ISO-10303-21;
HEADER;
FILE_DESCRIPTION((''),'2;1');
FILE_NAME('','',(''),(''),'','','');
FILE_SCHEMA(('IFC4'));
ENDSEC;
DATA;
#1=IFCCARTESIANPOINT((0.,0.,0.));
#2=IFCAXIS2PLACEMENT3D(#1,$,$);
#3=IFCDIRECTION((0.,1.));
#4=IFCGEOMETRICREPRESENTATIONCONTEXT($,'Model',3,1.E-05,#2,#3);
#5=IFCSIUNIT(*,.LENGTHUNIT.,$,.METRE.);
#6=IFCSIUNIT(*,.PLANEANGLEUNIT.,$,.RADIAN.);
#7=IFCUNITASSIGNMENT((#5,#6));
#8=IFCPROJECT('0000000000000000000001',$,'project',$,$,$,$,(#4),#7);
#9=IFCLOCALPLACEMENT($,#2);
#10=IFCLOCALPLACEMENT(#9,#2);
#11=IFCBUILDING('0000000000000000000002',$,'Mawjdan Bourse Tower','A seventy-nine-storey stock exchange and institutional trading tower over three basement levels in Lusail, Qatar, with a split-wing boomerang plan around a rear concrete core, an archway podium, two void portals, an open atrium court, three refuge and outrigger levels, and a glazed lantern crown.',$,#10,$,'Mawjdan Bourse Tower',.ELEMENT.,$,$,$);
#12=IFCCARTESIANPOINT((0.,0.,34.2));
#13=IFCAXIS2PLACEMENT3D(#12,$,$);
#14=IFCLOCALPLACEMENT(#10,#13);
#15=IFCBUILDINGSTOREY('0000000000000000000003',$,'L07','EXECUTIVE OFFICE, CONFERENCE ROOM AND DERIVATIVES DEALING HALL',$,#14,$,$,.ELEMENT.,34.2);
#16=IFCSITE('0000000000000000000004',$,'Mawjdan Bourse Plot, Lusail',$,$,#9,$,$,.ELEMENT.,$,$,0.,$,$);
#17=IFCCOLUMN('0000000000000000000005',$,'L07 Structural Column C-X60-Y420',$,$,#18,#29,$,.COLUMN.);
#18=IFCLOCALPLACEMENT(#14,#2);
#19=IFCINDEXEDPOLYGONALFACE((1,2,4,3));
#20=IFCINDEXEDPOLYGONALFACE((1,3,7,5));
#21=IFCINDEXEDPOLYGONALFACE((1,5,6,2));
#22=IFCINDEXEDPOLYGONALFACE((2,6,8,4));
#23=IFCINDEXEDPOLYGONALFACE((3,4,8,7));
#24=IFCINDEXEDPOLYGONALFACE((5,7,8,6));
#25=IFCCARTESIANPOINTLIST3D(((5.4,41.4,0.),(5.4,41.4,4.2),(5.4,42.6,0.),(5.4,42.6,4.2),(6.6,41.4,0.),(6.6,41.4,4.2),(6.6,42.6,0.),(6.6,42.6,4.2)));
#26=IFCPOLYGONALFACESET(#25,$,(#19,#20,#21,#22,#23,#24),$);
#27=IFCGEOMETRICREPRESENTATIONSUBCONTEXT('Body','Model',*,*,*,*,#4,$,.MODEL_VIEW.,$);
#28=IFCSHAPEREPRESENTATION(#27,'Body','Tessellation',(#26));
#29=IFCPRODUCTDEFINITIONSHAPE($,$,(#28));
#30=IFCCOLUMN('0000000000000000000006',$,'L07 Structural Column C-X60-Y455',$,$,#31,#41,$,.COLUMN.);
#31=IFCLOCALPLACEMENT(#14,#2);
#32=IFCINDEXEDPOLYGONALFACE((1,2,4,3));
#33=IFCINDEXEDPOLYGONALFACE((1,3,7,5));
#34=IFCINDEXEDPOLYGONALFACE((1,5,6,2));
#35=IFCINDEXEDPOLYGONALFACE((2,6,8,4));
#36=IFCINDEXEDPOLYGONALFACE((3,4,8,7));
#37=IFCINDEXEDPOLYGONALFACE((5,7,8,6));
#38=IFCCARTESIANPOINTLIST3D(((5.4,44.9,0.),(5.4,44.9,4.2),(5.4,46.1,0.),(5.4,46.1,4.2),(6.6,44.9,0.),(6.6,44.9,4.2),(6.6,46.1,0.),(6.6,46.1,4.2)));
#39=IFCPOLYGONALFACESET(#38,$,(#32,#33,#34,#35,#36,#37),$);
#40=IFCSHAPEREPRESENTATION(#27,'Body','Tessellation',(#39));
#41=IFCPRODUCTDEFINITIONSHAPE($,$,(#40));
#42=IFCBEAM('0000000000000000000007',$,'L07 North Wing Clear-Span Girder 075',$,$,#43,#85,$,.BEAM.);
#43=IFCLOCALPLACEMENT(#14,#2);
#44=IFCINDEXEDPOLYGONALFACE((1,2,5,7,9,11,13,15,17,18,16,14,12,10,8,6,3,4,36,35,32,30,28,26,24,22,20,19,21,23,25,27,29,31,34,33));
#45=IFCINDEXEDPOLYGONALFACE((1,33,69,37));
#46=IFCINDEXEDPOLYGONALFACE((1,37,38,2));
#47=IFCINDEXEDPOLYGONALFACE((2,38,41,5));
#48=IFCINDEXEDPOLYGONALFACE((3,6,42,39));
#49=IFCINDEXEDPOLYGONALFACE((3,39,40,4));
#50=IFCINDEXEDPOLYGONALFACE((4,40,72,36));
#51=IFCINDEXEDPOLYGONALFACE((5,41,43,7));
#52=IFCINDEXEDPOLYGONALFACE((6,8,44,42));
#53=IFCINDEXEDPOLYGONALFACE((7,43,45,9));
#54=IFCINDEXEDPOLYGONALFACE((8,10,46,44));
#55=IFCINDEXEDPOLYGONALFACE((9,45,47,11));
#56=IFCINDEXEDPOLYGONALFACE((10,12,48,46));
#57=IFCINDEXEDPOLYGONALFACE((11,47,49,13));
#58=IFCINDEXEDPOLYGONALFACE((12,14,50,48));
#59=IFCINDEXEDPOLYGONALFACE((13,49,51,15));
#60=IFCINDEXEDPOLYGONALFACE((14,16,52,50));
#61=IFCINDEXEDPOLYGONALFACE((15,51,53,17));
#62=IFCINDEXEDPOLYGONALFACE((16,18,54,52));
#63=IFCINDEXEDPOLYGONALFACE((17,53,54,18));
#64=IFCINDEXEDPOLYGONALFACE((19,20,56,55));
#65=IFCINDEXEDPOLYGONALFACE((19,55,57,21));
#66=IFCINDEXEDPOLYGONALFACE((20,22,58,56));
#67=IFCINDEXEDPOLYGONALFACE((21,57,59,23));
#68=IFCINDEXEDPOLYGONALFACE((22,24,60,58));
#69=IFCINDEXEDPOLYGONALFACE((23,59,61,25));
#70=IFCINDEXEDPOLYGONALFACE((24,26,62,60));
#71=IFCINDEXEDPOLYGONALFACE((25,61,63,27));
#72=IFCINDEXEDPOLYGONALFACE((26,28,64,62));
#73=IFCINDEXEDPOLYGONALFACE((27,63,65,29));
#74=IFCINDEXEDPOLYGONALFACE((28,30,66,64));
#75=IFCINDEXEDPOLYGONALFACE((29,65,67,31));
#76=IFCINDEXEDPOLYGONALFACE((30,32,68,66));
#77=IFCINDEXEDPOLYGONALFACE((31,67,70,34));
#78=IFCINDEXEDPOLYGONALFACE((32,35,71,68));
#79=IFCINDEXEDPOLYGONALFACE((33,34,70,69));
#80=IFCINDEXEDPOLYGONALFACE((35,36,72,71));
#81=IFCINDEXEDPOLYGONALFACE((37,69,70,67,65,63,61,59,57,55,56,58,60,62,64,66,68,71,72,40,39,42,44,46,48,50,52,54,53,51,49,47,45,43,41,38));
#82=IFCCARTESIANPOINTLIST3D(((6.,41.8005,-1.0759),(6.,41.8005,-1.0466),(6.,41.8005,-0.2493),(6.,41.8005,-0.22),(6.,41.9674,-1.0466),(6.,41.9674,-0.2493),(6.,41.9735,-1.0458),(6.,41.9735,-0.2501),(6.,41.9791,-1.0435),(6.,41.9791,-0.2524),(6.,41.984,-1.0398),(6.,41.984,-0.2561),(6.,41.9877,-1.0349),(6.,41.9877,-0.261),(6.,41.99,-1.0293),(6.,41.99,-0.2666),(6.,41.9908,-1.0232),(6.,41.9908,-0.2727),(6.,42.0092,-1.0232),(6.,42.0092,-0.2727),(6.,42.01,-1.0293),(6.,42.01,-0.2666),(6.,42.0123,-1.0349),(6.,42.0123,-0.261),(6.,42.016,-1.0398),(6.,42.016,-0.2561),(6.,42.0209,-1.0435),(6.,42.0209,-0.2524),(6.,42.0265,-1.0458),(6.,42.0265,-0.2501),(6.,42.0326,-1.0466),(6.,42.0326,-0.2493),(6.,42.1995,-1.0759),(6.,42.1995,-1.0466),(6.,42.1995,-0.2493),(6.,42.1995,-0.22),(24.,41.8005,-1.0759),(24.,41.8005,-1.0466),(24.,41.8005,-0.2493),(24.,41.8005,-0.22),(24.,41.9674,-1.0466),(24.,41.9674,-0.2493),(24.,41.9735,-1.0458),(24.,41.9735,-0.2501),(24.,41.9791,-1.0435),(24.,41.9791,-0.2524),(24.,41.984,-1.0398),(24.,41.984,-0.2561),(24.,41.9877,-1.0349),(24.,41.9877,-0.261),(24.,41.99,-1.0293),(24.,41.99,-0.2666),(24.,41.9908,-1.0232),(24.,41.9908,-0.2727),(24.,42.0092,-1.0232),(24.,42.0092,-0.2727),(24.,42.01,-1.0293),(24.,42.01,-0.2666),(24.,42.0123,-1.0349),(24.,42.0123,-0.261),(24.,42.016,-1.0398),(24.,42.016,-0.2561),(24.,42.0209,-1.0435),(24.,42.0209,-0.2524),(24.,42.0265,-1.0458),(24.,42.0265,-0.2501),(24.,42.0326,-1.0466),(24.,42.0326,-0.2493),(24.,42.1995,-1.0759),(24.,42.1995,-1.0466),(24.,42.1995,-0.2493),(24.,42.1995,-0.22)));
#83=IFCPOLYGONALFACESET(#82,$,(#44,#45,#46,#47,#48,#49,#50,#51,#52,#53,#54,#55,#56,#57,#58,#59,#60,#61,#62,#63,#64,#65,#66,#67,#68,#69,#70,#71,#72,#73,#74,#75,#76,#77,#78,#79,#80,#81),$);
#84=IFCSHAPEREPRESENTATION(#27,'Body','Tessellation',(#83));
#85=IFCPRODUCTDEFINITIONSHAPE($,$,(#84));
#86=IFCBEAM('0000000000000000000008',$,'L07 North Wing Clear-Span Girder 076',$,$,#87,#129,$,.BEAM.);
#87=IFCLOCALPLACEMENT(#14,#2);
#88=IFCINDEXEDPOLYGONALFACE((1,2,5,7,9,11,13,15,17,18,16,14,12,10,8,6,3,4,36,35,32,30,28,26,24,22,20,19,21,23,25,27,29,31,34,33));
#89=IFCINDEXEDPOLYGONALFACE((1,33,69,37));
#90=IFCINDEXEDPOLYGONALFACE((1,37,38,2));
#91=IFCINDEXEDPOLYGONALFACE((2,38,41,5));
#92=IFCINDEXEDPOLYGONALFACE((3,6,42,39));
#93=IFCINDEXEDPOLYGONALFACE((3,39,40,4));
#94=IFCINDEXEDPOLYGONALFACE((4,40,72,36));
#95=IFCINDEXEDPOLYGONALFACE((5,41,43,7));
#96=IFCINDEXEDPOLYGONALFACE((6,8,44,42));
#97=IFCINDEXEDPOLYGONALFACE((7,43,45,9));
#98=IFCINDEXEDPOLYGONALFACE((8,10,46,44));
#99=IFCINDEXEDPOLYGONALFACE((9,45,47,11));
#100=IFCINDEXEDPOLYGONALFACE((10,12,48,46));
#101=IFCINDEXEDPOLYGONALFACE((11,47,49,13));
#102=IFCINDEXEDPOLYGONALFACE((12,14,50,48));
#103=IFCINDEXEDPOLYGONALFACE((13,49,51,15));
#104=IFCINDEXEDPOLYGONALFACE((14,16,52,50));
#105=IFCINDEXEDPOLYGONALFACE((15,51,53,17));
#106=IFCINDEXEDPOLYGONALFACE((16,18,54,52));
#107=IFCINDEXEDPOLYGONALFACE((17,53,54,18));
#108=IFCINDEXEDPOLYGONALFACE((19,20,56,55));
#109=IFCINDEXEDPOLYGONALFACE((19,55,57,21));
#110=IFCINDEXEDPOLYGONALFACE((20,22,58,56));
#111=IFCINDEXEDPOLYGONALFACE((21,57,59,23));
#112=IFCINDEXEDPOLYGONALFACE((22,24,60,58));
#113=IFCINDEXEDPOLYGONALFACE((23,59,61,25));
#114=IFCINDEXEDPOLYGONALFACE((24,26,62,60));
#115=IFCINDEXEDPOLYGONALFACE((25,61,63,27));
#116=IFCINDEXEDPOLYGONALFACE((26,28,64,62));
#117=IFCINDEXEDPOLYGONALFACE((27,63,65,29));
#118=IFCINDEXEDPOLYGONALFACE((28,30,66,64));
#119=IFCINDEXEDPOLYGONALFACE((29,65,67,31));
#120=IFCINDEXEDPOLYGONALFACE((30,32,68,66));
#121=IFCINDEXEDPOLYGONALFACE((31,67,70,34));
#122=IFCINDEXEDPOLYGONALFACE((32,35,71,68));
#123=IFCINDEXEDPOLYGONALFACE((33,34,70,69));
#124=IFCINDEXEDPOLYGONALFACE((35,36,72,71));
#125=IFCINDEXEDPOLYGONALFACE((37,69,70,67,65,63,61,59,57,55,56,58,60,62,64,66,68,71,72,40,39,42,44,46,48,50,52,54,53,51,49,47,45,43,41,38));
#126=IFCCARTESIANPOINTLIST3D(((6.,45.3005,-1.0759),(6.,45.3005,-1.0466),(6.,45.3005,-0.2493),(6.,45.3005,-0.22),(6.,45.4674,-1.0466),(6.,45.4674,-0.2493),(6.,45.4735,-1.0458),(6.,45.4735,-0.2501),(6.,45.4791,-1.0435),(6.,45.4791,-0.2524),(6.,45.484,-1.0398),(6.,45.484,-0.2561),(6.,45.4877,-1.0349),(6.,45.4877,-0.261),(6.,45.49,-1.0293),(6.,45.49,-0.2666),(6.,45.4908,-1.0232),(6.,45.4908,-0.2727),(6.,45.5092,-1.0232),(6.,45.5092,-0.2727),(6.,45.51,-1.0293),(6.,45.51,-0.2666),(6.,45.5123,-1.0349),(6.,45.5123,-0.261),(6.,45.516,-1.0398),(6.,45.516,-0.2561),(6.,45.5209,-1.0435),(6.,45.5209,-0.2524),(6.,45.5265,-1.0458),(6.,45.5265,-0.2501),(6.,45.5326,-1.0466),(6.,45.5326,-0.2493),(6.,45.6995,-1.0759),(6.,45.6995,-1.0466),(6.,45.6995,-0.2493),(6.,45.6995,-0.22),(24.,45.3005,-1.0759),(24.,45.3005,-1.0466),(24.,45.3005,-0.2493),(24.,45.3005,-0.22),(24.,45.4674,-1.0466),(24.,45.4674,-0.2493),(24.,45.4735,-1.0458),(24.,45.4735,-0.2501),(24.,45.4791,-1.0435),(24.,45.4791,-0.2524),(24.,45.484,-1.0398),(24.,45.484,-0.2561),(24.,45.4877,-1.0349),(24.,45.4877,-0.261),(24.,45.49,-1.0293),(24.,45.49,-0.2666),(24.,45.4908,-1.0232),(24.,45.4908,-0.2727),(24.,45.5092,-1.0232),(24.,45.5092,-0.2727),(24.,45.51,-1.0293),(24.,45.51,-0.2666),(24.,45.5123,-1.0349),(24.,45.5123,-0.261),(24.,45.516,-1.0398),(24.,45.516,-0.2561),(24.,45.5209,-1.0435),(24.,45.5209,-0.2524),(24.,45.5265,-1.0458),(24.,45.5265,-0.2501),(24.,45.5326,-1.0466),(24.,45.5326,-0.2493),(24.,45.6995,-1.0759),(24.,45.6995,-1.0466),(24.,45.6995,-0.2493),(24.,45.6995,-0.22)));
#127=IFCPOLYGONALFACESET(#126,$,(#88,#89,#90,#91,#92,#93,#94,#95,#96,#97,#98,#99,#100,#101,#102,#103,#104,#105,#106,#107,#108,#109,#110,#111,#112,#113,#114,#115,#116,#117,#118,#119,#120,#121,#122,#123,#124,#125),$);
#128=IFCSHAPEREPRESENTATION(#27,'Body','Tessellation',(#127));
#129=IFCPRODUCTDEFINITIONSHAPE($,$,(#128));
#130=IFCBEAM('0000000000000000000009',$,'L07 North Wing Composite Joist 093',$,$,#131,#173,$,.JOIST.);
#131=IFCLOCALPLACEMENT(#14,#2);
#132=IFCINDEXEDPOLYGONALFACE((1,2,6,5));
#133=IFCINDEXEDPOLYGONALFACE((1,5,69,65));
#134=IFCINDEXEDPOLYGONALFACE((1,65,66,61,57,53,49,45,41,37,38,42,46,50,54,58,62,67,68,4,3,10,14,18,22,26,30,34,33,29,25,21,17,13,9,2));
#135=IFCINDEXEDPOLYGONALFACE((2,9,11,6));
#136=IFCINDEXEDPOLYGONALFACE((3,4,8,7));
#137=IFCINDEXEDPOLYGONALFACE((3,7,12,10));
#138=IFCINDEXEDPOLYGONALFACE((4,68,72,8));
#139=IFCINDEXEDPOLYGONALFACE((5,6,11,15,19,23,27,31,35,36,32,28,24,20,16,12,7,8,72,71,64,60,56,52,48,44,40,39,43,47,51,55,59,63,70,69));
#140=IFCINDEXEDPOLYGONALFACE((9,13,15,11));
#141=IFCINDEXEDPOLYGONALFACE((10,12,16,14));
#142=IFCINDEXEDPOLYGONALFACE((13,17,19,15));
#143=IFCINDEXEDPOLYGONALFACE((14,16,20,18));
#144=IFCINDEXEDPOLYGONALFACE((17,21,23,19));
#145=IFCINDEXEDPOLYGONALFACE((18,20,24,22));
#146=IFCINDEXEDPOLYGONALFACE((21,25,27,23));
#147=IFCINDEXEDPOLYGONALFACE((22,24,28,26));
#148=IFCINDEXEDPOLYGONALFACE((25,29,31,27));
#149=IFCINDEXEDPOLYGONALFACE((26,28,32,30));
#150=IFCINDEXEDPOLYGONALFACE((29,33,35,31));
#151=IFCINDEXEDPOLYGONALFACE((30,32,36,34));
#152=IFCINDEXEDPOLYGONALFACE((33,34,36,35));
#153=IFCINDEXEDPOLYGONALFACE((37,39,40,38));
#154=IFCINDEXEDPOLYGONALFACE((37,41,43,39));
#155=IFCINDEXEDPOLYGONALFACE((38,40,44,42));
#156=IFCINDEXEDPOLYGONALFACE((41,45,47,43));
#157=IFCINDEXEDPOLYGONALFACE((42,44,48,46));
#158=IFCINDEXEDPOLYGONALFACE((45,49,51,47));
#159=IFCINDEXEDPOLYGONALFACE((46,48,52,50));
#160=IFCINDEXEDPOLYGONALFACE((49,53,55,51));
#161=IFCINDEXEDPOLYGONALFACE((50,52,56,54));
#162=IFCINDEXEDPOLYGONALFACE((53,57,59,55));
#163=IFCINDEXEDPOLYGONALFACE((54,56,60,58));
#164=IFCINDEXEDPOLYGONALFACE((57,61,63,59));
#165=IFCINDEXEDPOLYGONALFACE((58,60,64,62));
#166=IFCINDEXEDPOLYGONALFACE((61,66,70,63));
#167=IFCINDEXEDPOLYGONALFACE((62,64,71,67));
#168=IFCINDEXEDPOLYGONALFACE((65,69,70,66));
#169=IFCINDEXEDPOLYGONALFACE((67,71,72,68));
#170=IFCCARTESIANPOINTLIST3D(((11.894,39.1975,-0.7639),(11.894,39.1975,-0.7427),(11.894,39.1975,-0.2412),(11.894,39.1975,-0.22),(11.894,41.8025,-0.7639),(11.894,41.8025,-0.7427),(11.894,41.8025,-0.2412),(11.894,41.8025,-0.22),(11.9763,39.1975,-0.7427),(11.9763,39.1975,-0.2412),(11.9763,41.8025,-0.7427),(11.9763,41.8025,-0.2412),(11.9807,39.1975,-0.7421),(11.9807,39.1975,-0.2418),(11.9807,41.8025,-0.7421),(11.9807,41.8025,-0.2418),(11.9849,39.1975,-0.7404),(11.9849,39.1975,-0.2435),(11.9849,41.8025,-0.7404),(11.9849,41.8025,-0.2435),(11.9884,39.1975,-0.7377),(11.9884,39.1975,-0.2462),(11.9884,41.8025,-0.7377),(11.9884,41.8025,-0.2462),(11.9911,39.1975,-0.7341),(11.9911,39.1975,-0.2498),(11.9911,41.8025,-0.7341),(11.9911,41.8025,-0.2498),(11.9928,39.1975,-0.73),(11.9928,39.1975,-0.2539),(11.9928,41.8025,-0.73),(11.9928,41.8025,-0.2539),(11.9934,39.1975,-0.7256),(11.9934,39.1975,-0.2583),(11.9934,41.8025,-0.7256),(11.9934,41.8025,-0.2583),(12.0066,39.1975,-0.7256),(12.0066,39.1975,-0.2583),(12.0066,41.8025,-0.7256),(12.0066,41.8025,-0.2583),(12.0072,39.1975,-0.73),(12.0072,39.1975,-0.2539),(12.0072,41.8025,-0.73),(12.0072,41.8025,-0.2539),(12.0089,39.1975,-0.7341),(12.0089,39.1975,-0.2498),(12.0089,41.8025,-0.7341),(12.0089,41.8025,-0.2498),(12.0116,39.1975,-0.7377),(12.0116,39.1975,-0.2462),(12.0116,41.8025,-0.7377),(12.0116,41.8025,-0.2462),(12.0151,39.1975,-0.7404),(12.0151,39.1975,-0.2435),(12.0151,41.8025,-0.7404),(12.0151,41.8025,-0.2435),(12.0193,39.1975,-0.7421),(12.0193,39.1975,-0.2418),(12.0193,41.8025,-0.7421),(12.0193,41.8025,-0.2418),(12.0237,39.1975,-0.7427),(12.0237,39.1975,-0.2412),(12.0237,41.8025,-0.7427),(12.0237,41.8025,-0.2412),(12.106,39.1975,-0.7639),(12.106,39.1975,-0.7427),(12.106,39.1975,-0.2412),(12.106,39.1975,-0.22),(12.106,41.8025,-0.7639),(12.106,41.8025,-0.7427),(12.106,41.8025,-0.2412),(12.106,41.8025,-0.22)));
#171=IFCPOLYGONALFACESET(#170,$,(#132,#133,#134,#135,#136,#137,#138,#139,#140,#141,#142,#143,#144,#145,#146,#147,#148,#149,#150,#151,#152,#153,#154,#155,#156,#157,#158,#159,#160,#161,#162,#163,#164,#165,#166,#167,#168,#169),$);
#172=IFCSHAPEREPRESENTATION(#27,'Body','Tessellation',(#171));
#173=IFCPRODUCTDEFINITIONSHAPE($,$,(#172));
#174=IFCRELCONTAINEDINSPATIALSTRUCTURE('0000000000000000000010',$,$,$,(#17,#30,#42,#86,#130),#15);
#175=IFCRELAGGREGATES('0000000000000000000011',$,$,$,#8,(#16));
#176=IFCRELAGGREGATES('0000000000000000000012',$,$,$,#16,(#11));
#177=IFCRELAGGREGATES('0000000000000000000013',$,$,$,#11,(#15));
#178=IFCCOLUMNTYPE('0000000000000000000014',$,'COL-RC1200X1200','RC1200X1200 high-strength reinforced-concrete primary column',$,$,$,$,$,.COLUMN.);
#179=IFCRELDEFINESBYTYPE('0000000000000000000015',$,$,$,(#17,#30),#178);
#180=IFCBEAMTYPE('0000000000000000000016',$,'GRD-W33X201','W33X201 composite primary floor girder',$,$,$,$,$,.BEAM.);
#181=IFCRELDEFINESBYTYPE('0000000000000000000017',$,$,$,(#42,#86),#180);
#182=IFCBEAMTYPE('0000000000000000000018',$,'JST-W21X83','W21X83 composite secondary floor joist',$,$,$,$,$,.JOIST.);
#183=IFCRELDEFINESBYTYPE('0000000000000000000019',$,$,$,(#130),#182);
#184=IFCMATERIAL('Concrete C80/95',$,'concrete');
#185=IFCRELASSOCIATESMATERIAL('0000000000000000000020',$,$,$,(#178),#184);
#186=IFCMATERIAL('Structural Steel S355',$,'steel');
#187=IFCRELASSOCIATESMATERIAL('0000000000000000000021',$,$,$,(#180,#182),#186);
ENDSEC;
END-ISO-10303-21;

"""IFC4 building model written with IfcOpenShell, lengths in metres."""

from ifc_helpers import new_model, si_unit, direction, frame, origin, origin_2d, place, context, subcontext, project, spatial, rectangle, i_section, extrude, material, material_profile, profile_set, type_object, element, save


model = new_model("IFC4")

# Units and contexts
model_context = context("Model", 3, precision=1e-05, world=origin(), true_north=direction((0.0, 1.0)))
body_context = subcontext(model_context, "Body", "Model", "MODEL_VIEW")
ifc_project = project(units=[si_unit("LENGTHUNIT", "METRE"), si_unit("PLANEANGLEUNIT", "RADIAN")], contexts=[model_context])

# Site, building, storey
site_placement = place(None, origin())
site = spatial("IfcSite", under=ifc_project, at=site_placement, Name="Mawjdan Bourse Plot, Lusail", CompositionType="ELEMENT", RefElevation=0.0)
building_placement = place(site_placement, origin())
building = spatial("IfcBuilding", under=site, at=building_placement, Name="Mawjdan Bourse Tower", Description="A seventy-nine-storey stock exchange and institutional trading tower over three basement levels in Lusail, Qatar, with a split-wing boomerang plan around a rear concrete core, an archway podium, two void portals, an open atrium court, three refuge and outrigger levels, and a glazed lantern crown.", LongName="Mawjdan Bourse Tower", CompositionType="ELEMENT")
storey_placement = place(building_placement, frame((0.0, 0.0, 34.2)))
storey = spatial("IfcBuildingStorey", under=building, at=storey_placement, Name="L07", Description="EXECUTIVE OFFICE, CONFERENCE ROOM AND DERIVATIVES DEALING HALL", CompositionType="ELEMENT", Elevation=34.2)

# Columns
ifc_material_1 = material(Name="Concrete C80/95", Category="concrete")
ifc_material_profile_1 = material_profile(ifc_material_1, rectangle(XDim=1.2, YDim=1.2, at=origin_2d()), Name="RC1200X1200")
ifc_profile_set_1 = profile_set([ifc_material_profile_1], Name="Concrete C80/95")
column_type = type_object("IfcColumnType", Name="COL-RC1200X1200", Description="RC1200X1200 high-strength reinforced-concrete primary column", PredefinedType="COLUMN", material=ifc_profile_set_1)
for number, where, z_axis, x_axis, name in (
    (1, (6.0, 42.0, 0.0), (0.0, 0.0, 1.0), (1.0, 0.0, 0.0), "L07 Structural Column C-X60-Y420"),
    (2, (6.0, 45.5, 0.0), (0.0, 0.0, 1.0), (1.0, 0.0, 0.0), "L07 Structural Column C-X60-Y455"),
):
    element("IfcColumn", number, at=place(storey_placement, frame(where, z_axis=z_axis, x_axis=x_axis)), inside=storey, type_object=column_type, Name=name, PredefinedType="COLUMN", context=body_context, shape_type="SweptSolid", body=[
        extrude(rectangle(XDim=1.2, YDim=1.2, at=origin_2d()), origin(), (0.0, 0.0, 1.0), 4.2),
    ])

# Beams
ifc_material_2 = material(Name="Structural Steel S355", Category="steel")
ifc_material_profile_2 = material_profile(ifc_material_2, i_section(OverallWidth=0.3989, OverallDepth=0.856, WebThickness=0.0183, FlangeThickness=0.0293, FilletRadius=0.0234, at=origin_2d()), Name="W33X201")
ifc_profile_set_2 = profile_set([ifc_material_profile_2], Name="Structural Steel S355")
beam_type_1 = type_object("IfcBeamType", Name="GRD-W33X201", Description="W33X201 composite primary floor girder", PredefinedType="BEAM", material=ifc_profile_set_2)
for number, where, z_axis, x_axis, name in (
    (3, (6.0, 42.0, -0.6479), (1.0, 0.0, 0.0), (0.0, 1.0, 0.0), "L07 North Wing Clear-Span Girder 075"),
    (4, (6.0, 45.5, -0.6479), (1.0, 0.0, 0.0), (0.0, 1.0, 0.0), "L07 North Wing Clear-Span Girder 076"),
):
    element("IfcBeam", number, at=place(storey_placement, frame(where, z_axis=z_axis, x_axis=x_axis)), inside=storey, type_object=beam_type_1, Name=name, PredefinedType="BEAM", context=body_context, shape_type="SweptSolid", body=[
        extrude(i_section(OverallWidth=0.3989, OverallDepth=0.856, WebThickness=0.0183, FlangeThickness=0.0293, FilletRadius=0.0234, at=origin_2d()), origin(), (0.0, 0.0, 1.0), 18.0),
    ])
ifc_material_profile_3 = material_profile(ifc_material_2, i_section(OverallWidth=0.2119, OverallDepth=0.5439, WebThickness=0.0132, FlangeThickness=0.0212, FilletRadius=0.0171, at=origin_2d()), Name="W21X83")
ifc_profile_set_3 = profile_set([ifc_material_profile_3], Name="Structural Steel S355")
beam_type_2 = type_object("IfcBeamType", Name="JST-W21X83", Description="W21X83 composite secondary floor joist", PredefinedType="JOIST", material=ifc_profile_set_3)
beam_1_placement = place(storey_placement, frame((12.0, 39.1975, -0.4919), z_axis=(0.0, 1.0, 0.0), x_axis=(-1.0, 0.0, 0.0)))
element("IfcBeam", 5, at=beam_1_placement, inside=storey, type_object=beam_type_2, Name="L07 North Wing Composite Joist 093", PredefinedType="JOIST", context=body_context, shape_type="SweptSolid", body=[
    extrude(i_section(OverallWidth=0.2119, OverallDepth=0.5439, WebThickness=0.0132, FlangeThickness=0.0212, FilletRadius=0.0171, at=origin_2d()), origin(), (0.0, 0.0, 1.0), 2.605),
])

save(model, "model.ifc")
